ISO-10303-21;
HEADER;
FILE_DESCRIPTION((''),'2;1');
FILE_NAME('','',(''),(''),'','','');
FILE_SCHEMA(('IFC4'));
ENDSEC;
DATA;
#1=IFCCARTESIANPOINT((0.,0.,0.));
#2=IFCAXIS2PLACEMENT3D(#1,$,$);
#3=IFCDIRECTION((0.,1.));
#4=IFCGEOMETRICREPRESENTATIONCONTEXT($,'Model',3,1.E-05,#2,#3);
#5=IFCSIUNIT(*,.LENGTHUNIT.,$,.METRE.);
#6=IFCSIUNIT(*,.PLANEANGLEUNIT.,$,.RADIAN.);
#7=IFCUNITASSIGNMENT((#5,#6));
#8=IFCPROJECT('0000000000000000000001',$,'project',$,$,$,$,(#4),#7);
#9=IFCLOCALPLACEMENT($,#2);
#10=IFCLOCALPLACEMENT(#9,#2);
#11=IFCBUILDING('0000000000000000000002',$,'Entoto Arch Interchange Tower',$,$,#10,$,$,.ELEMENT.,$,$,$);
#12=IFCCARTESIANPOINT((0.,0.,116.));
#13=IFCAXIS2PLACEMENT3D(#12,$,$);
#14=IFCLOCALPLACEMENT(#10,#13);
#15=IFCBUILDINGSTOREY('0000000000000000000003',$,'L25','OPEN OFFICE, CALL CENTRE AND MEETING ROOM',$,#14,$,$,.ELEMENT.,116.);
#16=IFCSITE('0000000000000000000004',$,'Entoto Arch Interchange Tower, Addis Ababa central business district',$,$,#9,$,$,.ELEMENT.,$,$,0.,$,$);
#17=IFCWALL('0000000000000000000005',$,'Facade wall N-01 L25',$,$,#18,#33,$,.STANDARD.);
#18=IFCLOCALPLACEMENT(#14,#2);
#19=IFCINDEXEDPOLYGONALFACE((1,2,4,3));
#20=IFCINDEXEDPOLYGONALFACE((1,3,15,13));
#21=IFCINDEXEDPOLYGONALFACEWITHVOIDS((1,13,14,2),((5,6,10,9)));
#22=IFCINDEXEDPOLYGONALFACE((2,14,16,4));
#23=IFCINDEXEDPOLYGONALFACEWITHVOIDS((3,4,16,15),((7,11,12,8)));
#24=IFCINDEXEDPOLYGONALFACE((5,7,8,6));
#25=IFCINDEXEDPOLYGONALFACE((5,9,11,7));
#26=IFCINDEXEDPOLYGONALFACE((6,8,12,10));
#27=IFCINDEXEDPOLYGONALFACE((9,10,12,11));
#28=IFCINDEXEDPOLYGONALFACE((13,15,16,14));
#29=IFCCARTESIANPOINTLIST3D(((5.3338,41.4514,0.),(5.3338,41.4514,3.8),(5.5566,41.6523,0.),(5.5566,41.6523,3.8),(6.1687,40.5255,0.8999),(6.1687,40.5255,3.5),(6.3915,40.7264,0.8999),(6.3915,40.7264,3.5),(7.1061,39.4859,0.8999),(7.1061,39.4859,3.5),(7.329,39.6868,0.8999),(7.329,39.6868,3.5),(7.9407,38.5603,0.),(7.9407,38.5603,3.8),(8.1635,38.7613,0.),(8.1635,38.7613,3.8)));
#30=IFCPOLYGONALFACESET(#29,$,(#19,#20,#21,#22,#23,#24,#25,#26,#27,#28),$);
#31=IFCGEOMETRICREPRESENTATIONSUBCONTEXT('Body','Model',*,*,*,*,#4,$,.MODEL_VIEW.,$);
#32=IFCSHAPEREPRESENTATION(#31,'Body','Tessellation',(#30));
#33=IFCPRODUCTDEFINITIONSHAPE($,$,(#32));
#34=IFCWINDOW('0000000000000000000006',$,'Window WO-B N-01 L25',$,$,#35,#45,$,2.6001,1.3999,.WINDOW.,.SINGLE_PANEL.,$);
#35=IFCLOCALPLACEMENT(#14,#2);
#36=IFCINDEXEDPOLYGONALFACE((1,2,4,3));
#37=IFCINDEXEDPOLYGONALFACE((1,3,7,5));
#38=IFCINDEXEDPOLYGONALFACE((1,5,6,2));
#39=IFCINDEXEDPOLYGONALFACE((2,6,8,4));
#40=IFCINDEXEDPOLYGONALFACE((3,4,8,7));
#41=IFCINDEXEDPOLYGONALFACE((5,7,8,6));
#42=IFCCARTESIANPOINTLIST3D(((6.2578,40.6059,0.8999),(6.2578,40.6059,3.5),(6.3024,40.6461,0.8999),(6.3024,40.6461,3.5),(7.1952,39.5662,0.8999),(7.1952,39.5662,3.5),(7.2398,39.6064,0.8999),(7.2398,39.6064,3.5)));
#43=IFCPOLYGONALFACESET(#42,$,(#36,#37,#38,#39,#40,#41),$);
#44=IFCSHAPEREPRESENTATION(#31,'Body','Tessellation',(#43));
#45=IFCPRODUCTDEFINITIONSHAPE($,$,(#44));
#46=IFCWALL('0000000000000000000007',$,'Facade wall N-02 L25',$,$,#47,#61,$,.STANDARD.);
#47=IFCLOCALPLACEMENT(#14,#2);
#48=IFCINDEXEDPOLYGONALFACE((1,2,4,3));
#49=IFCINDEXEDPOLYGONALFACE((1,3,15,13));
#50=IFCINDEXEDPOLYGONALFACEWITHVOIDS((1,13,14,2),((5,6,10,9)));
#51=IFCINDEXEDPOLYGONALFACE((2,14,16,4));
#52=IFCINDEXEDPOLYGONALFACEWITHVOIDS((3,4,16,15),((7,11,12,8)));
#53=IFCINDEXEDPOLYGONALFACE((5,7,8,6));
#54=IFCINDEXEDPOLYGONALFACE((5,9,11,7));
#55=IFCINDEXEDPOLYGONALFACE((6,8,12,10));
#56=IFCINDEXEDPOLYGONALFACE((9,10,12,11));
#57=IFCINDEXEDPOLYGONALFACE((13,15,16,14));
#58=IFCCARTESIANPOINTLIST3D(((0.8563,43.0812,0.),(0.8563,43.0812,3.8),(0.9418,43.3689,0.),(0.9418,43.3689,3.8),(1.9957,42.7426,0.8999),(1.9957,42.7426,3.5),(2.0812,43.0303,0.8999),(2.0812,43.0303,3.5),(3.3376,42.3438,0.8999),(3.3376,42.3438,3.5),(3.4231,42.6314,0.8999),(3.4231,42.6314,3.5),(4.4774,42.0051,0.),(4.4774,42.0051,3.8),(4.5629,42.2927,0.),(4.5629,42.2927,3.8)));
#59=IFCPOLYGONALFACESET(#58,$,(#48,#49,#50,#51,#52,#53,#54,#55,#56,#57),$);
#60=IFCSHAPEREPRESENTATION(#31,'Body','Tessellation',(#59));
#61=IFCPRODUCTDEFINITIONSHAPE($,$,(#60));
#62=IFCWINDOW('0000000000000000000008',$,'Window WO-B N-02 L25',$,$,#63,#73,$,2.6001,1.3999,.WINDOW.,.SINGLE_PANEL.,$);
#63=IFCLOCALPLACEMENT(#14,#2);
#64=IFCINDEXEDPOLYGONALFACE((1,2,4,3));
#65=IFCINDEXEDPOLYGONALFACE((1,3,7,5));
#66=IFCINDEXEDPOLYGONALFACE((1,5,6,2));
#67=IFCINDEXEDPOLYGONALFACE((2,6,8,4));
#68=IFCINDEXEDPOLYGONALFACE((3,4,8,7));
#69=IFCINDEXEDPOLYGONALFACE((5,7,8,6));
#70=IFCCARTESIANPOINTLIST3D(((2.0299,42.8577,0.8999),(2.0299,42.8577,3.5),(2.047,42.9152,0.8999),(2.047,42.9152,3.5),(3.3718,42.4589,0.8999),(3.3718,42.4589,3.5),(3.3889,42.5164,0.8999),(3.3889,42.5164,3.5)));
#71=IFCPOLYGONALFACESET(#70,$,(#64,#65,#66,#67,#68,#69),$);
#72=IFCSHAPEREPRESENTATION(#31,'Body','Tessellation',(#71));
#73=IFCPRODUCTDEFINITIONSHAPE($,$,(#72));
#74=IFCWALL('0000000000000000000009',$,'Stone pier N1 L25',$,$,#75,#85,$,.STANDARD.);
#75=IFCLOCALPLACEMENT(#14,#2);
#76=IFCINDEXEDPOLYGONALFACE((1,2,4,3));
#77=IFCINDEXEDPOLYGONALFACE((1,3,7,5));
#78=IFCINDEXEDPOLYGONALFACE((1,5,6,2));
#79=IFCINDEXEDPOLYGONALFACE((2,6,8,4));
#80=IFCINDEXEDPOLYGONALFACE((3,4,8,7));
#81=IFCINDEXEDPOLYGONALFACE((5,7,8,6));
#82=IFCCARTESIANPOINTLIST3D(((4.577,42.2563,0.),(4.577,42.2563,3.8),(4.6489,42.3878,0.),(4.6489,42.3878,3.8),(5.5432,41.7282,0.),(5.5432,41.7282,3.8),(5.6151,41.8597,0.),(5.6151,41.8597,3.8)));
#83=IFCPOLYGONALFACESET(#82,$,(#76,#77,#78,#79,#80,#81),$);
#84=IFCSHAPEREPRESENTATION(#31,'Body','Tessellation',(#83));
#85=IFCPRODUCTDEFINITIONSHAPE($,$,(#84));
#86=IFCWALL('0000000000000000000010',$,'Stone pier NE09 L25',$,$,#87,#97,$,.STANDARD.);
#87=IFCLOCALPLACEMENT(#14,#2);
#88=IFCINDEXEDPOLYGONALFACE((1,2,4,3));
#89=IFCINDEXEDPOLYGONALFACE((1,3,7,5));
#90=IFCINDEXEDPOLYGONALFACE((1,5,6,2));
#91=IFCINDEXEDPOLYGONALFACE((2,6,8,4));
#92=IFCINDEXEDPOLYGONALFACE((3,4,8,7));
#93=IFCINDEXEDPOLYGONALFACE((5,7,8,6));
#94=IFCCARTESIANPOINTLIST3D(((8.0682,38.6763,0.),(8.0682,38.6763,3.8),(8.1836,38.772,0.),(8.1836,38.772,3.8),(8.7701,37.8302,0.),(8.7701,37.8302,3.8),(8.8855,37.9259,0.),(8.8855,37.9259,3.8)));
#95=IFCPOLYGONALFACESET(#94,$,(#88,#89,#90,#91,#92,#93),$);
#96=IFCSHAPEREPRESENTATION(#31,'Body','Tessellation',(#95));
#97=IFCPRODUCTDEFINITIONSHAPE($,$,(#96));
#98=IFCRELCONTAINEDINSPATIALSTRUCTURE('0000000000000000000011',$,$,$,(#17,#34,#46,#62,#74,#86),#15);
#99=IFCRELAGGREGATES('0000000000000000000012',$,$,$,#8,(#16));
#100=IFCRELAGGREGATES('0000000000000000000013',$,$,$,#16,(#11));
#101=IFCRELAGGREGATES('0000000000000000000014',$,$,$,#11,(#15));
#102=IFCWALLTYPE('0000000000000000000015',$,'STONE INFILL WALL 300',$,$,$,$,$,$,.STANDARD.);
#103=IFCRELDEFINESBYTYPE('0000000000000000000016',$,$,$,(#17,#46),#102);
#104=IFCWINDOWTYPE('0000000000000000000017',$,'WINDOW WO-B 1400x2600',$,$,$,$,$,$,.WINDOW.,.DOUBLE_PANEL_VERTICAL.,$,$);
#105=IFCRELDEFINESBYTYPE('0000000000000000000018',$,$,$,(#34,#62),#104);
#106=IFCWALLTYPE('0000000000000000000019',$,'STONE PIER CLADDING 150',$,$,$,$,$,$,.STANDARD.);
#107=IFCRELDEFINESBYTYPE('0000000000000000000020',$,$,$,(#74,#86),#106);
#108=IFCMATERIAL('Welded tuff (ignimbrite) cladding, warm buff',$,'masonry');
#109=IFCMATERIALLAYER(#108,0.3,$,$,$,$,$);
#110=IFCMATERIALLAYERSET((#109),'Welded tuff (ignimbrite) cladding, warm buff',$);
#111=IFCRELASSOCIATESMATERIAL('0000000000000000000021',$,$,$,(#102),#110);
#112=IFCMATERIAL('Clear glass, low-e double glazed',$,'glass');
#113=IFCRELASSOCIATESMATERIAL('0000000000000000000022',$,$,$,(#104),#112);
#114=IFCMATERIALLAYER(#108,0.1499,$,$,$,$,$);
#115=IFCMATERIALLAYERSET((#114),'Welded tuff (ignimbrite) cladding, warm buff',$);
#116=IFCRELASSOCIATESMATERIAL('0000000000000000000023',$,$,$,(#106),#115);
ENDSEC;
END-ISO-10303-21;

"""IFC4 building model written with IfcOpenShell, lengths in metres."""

from ifc_helpers import new_model, si_unit, direction, frame, frame_2d, origin, place, context, subcontext, project, spatial, rectangle, extrude, material, layer, layer_set, type_object, element, fill, save


model = new_model("IFC4")

# Units and contexts
model_context = context("Model", 3, precision=1e-05, world=origin(), true_north=direction((0.0, 1.0)))
body_context = subcontext(model_context, "Body", "Model", "MODEL_VIEW")
ifc_project = project(units=[si_unit("LENGTHUNIT", "METRE"), si_unit("PLANEANGLEUNIT", "RADIAN")], contexts=[model_context])

# Site, building, storey
site_placement = place(None, origin())
site = spatial("IfcSite", under=ifc_project, at=site_placement, Name="Entoto Arch Interchange Tower, Addis Ababa central business district", CompositionType="ELEMENT", RefElevation=0.0)
building_placement = place(site_placement, origin())
building = spatial("IfcBuilding", under=site, at=building_placement, Name="Entoto Arch Interchange Tower", CompositionType="ELEMENT")
storey_placement = place(building_placement, frame((0.0, 0.0, 116.0)))
storey = spatial("IfcBuildingStorey", under=building, at=storey_placement, Name="L25", Description="OPEN OFFICE, CALL CENTRE AND MEETING ROOM", CompositionType="ELEMENT", Elevation=116.0)

# Shared definitions
ifc_material_1 = material(Name="Welded tuff (ignimbrite) cladding, warm buff", Category="masonry")
ifc_layer_1 = layer(ifc_material_1, 0.3)
ifc_layer_set_1 = layer_set([ifc_layer_1], Name="Welded tuff (ignimbrite) cladding, warm buff")
wall_type_1 = type_object("IfcWallType", Name="STONE INFILL WALL 300", PredefinedType="STANDARD", material=ifc_layer_set_1)
ifc_material_2 = material(Name="Clear glass, low-e double glazed", Category="glass")

# Walls, openings, windows
wall_1_placement = place(storey_placement, frame((8.052, 38.6609, 0.0), z_axis=(0.0, 0.0, 1.0), x_axis=(-0.669664, 0.742664, 0.0)))
wall_1 = element("IfcWall", 1, at=wall_1_placement, inside=storey, type_object=wall_type_1, Name="Facade wall N-01 L25", PredefinedType="STANDARD", context=body_context, shape_type="SweptSolid", body=[
    extrude(rectangle(XDim=3.8928, YDim=0.3, at=frame_2d((1.9463, 0.0))), origin(), (0.0, 0.0, 1.0), 3.8),
])
opening_1_placement = place(wall_1_placement, frame((1.2461, 0.0, 0.8999)))
opening_1 = element("IfcOpeningElement", 2, at=opening_1_placement, cuts=wall_1, PredefinedType="OPENING", context=body_context, shape_type="SweptSolid", body=[
    extrude(rectangle(XDim=1.3999, YDim=2.6001, at=frame_2d((0.7, 1.3))), frame((0.0, 0.1602, 0.0), z_axis=(0.0, -1.0, 0.0), x_axis=(1.0, 0.0, 0.0)), (0.0, 0.0, 1.0), 0.3201),
])
window_type_1 = type_object("IfcWindowType", Name="WINDOW WO-B 1400x2600", PartitioningType="DOUBLE_PANEL_VERTICAL", PredefinedType="WINDOW", material=ifc_material_2)
window_1_placement = place(opening_1_placement, origin())
window_1 = element("IfcWindow", 3, at=window_1_placement, inside=storey, type_object=window_type_1, Name="Window WO-B N-01 L25", OverallHeight=2.6001, OverallWidth=1.3999, PartitioningType="SINGLE_PANEL", PredefinedType="WINDOW", context=body_context, shape_type="SweptSolid", body=[
    extrude(rectangle(XDim=1.3999, YDim=2.6001, at=frame_2d((0.7, 1.3))), frame((0.0, 0.03, 0.0), z_axis=(0.0, -1.0, 0.0), x_axis=(1.0, 0.0, 0.0)), (0.0, 0.0, 1.0), 0.0601),
])
fill(opening_1, window_1)
wall_2_placement = place(storey_placement, frame((4.52, 42.1489, 0.0), z_axis=(0.0, 0.0, 1.0), x_axis=(-0.958563, 0.28488, 0.0)))
wall_2 = element("IfcWall", 4, at=wall_2_placement, inside=storey, type_object=wall_type_1, Name="Facade wall N-02 L25", PredefinedType="STANDARD", context=body_context, shape_type="SweptSolid", body=[
    extrude(rectangle(XDim=3.7776, YDim=0.3, at=frame_2d((1.8887, 0.0))), origin(), (0.0, 0.0, 1.0), 3.8),
])
opening_2_placement = place(wall_2_placement, frame((1.189, 0.0, 0.8999)))
opening_2 = element("IfcOpeningElement", 5, at=opening_2_placement, cuts=wall_2, PredefinedType="OPENING", context=body_context, shape_type="SweptSolid", body=[
    extrude(rectangle(XDim=1.3999, YDim=2.6001, at=frame_2d((0.7, 1.3))), frame((0.0, 0.1602, 0.0), z_axis=(0.0, -1.0, 0.0), x_axis=(1.0, 0.0, 0.0)), (0.0, 0.0, 1.0), 0.3201),
])
window_2_placement = place(opening_2_placement, origin())
window_2 = element("IfcWindow", 6, at=window_2_placement, inside=storey, type_object=window_type_1, Name="Window WO-B N-02 L25", OverallHeight=2.6001, OverallWidth=1.3999, PartitioningType="SINGLE_PANEL", PredefinedType="WINDOW", context=body_context, shape_type="SweptSolid", body=[
    extrude(rectangle(XDim=1.3999, YDim=2.6001, at=frame_2d((0.7, 1.3))), frame((0.0, 0.03, 0.0), z_axis=(0.0, -1.0, 0.0), x_axis=(1.0, 0.0, 0.0)), (0.0, 0.0, 1.0), 0.0601),
])
fill(opening_2, window_2)

# Walls
ifc_layer_2 = layer(ifc_material_1, 0.1499)
ifc_layer_set_2 = layer_set([ifc_layer_2], Name="Welded tuff (ignimbrite) cladding, warm buff")
wall_type_2 = type_object("IfcWallType", Name="STONE PIER CLADDING 150", PredefinedType="STANDARD", material=ifc_layer_set_2)
wall_3_placement = place(storey_placement, frame((5.5791, 41.7939, 0.0), z_axis=(0.0, 0.0, 1.0), x_axis=(-0.877463, 0.479644, 0.0)))
element("IfcWall", 7, at=wall_3_placement, inside=storey, type_object=wall_type_2, Name="Stone pier N1 L25", PredefinedType="STANDARD", context=body_context, shape_type="SweptSolid", body=[
    extrude(rectangle(XDim=1.1011, YDim=0.1499, at=frame_2d((0.5505, 0.0))), origin(), (0.0, 0.0, 1.0), 3.8),
])
wall_4_placement = place(storey_placement, frame((8.8279, 37.8779, 0.0), z_axis=(0.0, 0.0, 1.0), x_axis=(-0.638435, 0.769675, 0.0)))
element("IfcWall", 8, at=wall_4_placement, inside=storey, type_object=wall_type_2, Name="Stone pier NE09 L25", PredefinedType="STANDARD", context=body_context, shape_type="SweptSolid", body=[
    extrude(rectangle(XDim=1.0994, YDim=0.1499, at=frame_2d((0.5498, 0.0))), origin(), (0.0, 0.0, 1.0), 3.8),
])

save(model, "model.ifc")
